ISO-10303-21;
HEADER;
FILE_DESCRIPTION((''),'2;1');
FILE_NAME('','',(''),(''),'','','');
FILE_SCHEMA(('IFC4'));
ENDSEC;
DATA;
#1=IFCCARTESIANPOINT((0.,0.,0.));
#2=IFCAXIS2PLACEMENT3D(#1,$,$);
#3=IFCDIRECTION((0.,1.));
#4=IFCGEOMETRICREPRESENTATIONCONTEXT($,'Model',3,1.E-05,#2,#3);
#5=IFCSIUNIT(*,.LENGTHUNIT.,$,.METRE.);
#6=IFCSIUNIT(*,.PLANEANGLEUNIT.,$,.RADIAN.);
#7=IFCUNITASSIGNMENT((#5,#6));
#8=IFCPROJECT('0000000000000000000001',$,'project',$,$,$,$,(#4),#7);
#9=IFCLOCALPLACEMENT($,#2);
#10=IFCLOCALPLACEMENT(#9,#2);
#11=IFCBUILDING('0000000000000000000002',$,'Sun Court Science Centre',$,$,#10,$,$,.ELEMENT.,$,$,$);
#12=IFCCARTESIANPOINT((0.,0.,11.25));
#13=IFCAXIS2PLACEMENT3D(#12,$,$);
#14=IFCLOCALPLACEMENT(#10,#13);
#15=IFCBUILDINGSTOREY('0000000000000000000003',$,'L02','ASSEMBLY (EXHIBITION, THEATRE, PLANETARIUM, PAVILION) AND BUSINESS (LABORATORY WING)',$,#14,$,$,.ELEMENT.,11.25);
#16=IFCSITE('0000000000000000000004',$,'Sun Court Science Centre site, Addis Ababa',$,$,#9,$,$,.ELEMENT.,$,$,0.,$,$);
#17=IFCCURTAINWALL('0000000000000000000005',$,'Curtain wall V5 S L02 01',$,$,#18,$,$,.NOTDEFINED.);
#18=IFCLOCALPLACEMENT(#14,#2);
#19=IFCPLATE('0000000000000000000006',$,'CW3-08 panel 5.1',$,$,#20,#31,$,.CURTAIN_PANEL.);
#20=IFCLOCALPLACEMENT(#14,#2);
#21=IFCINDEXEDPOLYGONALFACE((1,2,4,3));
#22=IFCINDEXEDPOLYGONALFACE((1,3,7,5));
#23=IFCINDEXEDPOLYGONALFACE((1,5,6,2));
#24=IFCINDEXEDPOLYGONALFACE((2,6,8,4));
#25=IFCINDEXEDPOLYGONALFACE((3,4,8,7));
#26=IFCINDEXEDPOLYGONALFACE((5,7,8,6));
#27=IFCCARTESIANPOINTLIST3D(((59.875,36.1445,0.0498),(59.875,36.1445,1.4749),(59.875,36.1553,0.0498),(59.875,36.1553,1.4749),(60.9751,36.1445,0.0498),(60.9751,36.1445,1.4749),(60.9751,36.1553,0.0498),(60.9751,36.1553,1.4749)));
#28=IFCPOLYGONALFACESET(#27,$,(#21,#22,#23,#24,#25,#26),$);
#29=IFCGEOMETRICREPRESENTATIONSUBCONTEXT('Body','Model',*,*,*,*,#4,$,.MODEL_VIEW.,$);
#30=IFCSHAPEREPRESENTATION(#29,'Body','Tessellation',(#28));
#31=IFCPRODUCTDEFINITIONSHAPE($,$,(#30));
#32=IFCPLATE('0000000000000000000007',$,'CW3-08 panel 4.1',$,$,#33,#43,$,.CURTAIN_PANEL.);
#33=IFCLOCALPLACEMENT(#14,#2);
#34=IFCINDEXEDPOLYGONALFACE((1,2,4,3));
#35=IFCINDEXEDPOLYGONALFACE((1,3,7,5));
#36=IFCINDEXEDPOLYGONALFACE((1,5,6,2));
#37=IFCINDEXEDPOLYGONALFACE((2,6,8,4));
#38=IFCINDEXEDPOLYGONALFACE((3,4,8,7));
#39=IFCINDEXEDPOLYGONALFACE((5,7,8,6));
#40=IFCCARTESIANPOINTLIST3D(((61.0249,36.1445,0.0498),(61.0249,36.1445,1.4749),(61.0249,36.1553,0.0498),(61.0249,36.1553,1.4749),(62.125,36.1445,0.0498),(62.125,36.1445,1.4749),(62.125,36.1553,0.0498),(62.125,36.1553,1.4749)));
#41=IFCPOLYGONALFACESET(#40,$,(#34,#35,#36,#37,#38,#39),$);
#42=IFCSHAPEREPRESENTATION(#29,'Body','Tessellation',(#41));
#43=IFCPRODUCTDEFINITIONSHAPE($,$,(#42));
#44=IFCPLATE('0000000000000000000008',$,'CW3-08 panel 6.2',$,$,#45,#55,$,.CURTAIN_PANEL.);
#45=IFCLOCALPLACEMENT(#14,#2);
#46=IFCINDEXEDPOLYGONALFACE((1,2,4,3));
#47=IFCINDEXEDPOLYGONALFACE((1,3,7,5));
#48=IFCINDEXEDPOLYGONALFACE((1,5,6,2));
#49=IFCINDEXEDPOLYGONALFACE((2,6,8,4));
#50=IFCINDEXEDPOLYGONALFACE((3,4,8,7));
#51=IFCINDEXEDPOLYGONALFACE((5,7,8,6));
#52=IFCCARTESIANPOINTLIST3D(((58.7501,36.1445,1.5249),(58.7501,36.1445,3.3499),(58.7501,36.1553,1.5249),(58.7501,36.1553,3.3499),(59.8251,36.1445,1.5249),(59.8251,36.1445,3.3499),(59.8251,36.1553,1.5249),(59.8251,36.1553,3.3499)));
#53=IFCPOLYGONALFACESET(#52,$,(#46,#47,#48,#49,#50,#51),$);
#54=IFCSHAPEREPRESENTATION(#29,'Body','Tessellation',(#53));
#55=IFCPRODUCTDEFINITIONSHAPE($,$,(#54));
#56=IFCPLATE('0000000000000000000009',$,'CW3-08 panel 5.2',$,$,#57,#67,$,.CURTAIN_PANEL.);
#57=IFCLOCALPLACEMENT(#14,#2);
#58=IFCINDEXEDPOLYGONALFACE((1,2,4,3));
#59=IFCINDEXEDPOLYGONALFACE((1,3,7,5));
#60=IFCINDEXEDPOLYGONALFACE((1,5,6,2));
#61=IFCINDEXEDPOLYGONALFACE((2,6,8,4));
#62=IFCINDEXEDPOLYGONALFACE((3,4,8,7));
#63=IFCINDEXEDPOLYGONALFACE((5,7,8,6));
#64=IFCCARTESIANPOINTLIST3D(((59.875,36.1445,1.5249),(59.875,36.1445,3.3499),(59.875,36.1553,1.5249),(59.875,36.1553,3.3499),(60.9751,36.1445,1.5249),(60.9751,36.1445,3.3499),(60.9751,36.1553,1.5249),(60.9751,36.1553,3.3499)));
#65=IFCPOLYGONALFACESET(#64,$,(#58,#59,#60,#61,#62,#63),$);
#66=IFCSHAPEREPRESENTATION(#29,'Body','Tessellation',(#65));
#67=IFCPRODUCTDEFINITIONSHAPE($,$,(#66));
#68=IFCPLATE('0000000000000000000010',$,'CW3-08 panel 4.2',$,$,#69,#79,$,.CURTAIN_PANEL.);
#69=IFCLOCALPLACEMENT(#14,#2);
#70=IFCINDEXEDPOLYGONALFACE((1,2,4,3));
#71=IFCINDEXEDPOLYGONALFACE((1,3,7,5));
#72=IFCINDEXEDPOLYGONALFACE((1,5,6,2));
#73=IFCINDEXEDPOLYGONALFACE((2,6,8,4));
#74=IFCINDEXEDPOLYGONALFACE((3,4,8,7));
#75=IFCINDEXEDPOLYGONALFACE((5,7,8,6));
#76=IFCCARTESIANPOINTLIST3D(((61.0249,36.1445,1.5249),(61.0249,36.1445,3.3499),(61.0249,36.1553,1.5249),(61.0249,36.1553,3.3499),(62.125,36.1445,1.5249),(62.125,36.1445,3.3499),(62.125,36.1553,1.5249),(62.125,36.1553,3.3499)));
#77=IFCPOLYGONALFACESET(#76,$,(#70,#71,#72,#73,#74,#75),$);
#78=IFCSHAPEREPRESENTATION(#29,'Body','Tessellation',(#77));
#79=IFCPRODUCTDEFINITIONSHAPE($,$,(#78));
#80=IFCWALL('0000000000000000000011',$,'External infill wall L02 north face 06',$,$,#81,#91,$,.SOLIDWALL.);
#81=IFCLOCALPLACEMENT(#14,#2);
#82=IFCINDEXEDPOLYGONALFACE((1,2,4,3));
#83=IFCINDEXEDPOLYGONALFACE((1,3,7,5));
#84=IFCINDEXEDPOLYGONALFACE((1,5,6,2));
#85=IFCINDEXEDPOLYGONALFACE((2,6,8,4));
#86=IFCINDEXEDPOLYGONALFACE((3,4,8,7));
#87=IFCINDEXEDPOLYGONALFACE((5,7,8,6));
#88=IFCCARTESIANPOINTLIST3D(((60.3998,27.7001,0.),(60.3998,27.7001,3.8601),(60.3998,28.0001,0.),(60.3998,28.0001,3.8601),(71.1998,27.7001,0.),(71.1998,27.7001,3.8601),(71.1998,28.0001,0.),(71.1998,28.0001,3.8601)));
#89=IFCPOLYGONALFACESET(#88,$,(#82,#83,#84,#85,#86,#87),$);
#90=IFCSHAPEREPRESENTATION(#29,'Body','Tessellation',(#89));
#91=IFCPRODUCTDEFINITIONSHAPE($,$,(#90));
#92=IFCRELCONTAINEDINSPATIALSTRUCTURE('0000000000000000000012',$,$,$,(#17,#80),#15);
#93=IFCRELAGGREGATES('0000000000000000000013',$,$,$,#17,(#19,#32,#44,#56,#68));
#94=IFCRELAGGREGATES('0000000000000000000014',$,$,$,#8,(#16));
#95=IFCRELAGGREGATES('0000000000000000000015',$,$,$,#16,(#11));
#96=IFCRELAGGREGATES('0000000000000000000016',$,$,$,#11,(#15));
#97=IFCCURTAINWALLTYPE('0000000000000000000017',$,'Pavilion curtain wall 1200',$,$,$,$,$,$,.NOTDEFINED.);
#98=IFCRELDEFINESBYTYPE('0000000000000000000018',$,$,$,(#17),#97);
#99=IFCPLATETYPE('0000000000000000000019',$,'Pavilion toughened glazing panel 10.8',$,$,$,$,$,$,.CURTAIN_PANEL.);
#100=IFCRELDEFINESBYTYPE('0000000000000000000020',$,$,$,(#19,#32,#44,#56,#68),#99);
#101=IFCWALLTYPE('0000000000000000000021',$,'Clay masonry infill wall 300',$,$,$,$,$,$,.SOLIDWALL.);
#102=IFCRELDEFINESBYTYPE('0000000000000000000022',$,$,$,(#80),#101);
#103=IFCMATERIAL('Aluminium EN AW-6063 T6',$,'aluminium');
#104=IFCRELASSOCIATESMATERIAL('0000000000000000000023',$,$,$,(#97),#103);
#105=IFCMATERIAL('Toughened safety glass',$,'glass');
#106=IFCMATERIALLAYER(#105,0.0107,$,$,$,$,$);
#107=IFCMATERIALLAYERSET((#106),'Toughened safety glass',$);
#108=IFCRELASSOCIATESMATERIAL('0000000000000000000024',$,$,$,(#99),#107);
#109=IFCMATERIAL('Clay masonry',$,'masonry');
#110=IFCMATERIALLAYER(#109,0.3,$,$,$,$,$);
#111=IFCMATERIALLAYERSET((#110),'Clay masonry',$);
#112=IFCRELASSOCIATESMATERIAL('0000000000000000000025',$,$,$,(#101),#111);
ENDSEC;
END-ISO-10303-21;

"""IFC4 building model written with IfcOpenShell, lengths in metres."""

from ifc_helpers import new_model, si_unit, direction, frame, frame_2d, origin, origin_2d, place, context, subcontext, project, spatial, rectangle, extrude, material, layer, layer_set, type_object, element, aggregate, save


model = new_model("IFC4")

# Units and contexts
model_context = context("Model", 3, precision=1e-05, world=origin(), true_north=direction((0.0, 1.0)))
body_context = subcontext(model_context, "Body", "Model", "MODEL_VIEW")
ifc_project = project(units=[si_unit("LENGTHUNIT", "METRE"), si_unit("PLANEANGLEUNIT", "RADIAN")], contexts=[model_context])

# Site, building, storey
site_placement = place(None, origin())
site = spatial("IfcSite", under=ifc_project, at=site_placement, Name="Sun Court Science Centre site, Addis Ababa", CompositionType="ELEMENT", RefElevation=0.0)
building_placement = place(site_placement, origin())
building = spatial("IfcBuilding", under=site, at=building_placement, Name="Sun Court Science Centre", CompositionType="ELEMENT")
storey_placement = place(building_placement, frame((0.0, 0.0, 11.25)))
storey = spatial("IfcBuildingStorey", under=building, at=storey_placement, Name="L02", Description="ASSEMBLY (EXHIBITION, THEATRE, PLANETARIUM, PAVILION) AND BUSINESS (LABORATORY WING)", CompositionType="ELEMENT", Elevation=11.25)

# Curtain wall
ifc_material_1 = material(Name="Aluminium EN AW-6063 T6", Category="aluminium")
curtain_wall_type_1 = type_object("IfcCurtainWallType", Name="Pavilion curtain wall 1200", PredefinedType="NOTDEFINED", material=ifc_material_1)
curtain_wall_1_placement = place(storey_placement, origin())
curtain_wall_1 = element("IfcCurtainWall", 1, at=curtain_wall_1_placement, inside=storey, type_object=curtain_wall_type_1, Name="Curtain wall V5 S L02 01", PredefinedType="NOTDEFINED")

# Plates
ifc_material_2 = material(Name="Toughened safety glass", Category="glass")
ifc_layer_1 = layer(ifc_material_2, 0.0107)
ifc_layer_set_1 = layer_set([ifc_layer_1], Name="Toughened safety glass")
plate_type_1 = type_object("IfcPlateType", Name="Pavilion toughened glazing panel 10.8", PredefinedType="CURTAIN_PANEL", material=ifc_layer_set_1)
plate_1_placement = place(storey_placement, frame((60.425, 36.1499, 0.0498), z_axis=(0.0, 0.0, 1.0), x_axis=(-1.0, 0.0, 0.0)))
plate_1 = element("IfcPlate", 2, at=plate_1_placement, type_object=plate_type_1, Name="CW3-08 panel 5.1", PredefinedType="CURTAIN_PANEL", context=body_context, shape_type="SweptSolid", body=[
    extrude(rectangle(XDim=1.1001, YDim=0.0107, at=origin_2d()), origin(), (0.0, 0.0, 1.0), 1.425),
])
plate_2_placement = place(storey_placement, frame((61.575, 36.1499, 0.0498), z_axis=(0.0, 0.0, 1.0), x_axis=(-1.0, 0.0, 0.0)))
plate_2 = element("IfcPlate", 3, at=plate_2_placement, type_object=plate_type_1, Name="CW3-08 panel 4.1", PredefinedType="CURTAIN_PANEL", context=body_context, shape_type="SweptSolid", body=[
    extrude(rectangle(XDim=1.1001, YDim=0.0107, at=origin_2d()), origin(), (0.0, 0.0, 1.0), 1.425),
])
plate_3_placement = place(storey_placement, frame((59.2876, 36.1499, 1.5249), z_axis=(0.0, 0.0, 1.0), x_axis=(-1.0, 0.0, 0.0)))
plate_3 = element("IfcPlate", 4, at=plate_3_placement, type_object=plate_type_1, Name="CW3-08 panel 6.2", PredefinedType="CURTAIN_PANEL", context=body_context, shape_type="SweptSolid", body=[
    extrude(rectangle(XDim=1.075, YDim=0.0107, at=origin_2d()), origin(), (0.0, 0.0, 1.0), 1.825),
])
plate_4_placement = place(storey_placement, frame((60.425, 36.1499, 1.5249), z_axis=(0.0, 0.0, 1.0), x_axis=(-1.0, 0.0, 0.0)))
plate_4 = element("IfcPlate", 5, at=plate_4_placement, type_object=plate_type_1, Name="CW3-08 panel 5.2", PredefinedType="CURTAIN_PANEL", context=body_context, shape_type="SweptSolid", body=[
    extrude(rectangle(XDim=1.1001, YDim=0.0107, at=origin_2d()), origin(), (0.0, 0.0, 1.0), 1.825),
])
plate_5_placement = place(storey_placement, frame((61.575, 36.1499, 1.5249), z_axis=(0.0, 0.0, 1.0), x_axis=(-1.0, 0.0, 0.0)))
plate_5 = element("IfcPlate", 6, at=plate_5_placement, type_object=plate_type_1, Name="CW3-08 panel 4.2", PredefinedType="CURTAIN_PANEL", context=body_context, shape_type="SweptSolid", body=[
    extrude(rectangle(XDim=1.1001, YDim=0.0107, at=origin_2d()), origin(), (0.0, 0.0, 1.0), 1.825),
])
aggregate(curtain_wall_1, [plate_1, plate_2, plate_3, plate_4, plate_5])

# Wall
ifc_material_3 = material(Name="Clay masonry", Category="masonry")
ifc_layer_2 = layer(ifc_material_3, 0.3)
ifc_layer_set_2 = layer_set([ifc_layer_2], Name="Clay masonry")
wall_type = type_object("IfcWallType", Name="Clay masonry infill wall 300", PredefinedType="SOLIDWALL", material=ifc_layer_set_2)
wall_placement = place(storey_placement, frame((60.3999, 27.8501, 0.0), z_axis=(0.0, 0.0, 1.0), x_axis=(1.0, 0.0, 0.0)))
element("IfcWall", 7, at=wall_placement, inside=storey, type_object=wall_type, Name="External infill wall L02 north face 06", PredefinedType="SOLIDWALL", context=body_context, shape_type="SweptSolid", body=[
    extrude(rectangle(XDim=10.8, YDim=0.3, at=frame_2d((5.3999, 0.0))), origin(), (0.0, 0.0, 1.0), 3.8601),
])

save(model, "model.ifc")
